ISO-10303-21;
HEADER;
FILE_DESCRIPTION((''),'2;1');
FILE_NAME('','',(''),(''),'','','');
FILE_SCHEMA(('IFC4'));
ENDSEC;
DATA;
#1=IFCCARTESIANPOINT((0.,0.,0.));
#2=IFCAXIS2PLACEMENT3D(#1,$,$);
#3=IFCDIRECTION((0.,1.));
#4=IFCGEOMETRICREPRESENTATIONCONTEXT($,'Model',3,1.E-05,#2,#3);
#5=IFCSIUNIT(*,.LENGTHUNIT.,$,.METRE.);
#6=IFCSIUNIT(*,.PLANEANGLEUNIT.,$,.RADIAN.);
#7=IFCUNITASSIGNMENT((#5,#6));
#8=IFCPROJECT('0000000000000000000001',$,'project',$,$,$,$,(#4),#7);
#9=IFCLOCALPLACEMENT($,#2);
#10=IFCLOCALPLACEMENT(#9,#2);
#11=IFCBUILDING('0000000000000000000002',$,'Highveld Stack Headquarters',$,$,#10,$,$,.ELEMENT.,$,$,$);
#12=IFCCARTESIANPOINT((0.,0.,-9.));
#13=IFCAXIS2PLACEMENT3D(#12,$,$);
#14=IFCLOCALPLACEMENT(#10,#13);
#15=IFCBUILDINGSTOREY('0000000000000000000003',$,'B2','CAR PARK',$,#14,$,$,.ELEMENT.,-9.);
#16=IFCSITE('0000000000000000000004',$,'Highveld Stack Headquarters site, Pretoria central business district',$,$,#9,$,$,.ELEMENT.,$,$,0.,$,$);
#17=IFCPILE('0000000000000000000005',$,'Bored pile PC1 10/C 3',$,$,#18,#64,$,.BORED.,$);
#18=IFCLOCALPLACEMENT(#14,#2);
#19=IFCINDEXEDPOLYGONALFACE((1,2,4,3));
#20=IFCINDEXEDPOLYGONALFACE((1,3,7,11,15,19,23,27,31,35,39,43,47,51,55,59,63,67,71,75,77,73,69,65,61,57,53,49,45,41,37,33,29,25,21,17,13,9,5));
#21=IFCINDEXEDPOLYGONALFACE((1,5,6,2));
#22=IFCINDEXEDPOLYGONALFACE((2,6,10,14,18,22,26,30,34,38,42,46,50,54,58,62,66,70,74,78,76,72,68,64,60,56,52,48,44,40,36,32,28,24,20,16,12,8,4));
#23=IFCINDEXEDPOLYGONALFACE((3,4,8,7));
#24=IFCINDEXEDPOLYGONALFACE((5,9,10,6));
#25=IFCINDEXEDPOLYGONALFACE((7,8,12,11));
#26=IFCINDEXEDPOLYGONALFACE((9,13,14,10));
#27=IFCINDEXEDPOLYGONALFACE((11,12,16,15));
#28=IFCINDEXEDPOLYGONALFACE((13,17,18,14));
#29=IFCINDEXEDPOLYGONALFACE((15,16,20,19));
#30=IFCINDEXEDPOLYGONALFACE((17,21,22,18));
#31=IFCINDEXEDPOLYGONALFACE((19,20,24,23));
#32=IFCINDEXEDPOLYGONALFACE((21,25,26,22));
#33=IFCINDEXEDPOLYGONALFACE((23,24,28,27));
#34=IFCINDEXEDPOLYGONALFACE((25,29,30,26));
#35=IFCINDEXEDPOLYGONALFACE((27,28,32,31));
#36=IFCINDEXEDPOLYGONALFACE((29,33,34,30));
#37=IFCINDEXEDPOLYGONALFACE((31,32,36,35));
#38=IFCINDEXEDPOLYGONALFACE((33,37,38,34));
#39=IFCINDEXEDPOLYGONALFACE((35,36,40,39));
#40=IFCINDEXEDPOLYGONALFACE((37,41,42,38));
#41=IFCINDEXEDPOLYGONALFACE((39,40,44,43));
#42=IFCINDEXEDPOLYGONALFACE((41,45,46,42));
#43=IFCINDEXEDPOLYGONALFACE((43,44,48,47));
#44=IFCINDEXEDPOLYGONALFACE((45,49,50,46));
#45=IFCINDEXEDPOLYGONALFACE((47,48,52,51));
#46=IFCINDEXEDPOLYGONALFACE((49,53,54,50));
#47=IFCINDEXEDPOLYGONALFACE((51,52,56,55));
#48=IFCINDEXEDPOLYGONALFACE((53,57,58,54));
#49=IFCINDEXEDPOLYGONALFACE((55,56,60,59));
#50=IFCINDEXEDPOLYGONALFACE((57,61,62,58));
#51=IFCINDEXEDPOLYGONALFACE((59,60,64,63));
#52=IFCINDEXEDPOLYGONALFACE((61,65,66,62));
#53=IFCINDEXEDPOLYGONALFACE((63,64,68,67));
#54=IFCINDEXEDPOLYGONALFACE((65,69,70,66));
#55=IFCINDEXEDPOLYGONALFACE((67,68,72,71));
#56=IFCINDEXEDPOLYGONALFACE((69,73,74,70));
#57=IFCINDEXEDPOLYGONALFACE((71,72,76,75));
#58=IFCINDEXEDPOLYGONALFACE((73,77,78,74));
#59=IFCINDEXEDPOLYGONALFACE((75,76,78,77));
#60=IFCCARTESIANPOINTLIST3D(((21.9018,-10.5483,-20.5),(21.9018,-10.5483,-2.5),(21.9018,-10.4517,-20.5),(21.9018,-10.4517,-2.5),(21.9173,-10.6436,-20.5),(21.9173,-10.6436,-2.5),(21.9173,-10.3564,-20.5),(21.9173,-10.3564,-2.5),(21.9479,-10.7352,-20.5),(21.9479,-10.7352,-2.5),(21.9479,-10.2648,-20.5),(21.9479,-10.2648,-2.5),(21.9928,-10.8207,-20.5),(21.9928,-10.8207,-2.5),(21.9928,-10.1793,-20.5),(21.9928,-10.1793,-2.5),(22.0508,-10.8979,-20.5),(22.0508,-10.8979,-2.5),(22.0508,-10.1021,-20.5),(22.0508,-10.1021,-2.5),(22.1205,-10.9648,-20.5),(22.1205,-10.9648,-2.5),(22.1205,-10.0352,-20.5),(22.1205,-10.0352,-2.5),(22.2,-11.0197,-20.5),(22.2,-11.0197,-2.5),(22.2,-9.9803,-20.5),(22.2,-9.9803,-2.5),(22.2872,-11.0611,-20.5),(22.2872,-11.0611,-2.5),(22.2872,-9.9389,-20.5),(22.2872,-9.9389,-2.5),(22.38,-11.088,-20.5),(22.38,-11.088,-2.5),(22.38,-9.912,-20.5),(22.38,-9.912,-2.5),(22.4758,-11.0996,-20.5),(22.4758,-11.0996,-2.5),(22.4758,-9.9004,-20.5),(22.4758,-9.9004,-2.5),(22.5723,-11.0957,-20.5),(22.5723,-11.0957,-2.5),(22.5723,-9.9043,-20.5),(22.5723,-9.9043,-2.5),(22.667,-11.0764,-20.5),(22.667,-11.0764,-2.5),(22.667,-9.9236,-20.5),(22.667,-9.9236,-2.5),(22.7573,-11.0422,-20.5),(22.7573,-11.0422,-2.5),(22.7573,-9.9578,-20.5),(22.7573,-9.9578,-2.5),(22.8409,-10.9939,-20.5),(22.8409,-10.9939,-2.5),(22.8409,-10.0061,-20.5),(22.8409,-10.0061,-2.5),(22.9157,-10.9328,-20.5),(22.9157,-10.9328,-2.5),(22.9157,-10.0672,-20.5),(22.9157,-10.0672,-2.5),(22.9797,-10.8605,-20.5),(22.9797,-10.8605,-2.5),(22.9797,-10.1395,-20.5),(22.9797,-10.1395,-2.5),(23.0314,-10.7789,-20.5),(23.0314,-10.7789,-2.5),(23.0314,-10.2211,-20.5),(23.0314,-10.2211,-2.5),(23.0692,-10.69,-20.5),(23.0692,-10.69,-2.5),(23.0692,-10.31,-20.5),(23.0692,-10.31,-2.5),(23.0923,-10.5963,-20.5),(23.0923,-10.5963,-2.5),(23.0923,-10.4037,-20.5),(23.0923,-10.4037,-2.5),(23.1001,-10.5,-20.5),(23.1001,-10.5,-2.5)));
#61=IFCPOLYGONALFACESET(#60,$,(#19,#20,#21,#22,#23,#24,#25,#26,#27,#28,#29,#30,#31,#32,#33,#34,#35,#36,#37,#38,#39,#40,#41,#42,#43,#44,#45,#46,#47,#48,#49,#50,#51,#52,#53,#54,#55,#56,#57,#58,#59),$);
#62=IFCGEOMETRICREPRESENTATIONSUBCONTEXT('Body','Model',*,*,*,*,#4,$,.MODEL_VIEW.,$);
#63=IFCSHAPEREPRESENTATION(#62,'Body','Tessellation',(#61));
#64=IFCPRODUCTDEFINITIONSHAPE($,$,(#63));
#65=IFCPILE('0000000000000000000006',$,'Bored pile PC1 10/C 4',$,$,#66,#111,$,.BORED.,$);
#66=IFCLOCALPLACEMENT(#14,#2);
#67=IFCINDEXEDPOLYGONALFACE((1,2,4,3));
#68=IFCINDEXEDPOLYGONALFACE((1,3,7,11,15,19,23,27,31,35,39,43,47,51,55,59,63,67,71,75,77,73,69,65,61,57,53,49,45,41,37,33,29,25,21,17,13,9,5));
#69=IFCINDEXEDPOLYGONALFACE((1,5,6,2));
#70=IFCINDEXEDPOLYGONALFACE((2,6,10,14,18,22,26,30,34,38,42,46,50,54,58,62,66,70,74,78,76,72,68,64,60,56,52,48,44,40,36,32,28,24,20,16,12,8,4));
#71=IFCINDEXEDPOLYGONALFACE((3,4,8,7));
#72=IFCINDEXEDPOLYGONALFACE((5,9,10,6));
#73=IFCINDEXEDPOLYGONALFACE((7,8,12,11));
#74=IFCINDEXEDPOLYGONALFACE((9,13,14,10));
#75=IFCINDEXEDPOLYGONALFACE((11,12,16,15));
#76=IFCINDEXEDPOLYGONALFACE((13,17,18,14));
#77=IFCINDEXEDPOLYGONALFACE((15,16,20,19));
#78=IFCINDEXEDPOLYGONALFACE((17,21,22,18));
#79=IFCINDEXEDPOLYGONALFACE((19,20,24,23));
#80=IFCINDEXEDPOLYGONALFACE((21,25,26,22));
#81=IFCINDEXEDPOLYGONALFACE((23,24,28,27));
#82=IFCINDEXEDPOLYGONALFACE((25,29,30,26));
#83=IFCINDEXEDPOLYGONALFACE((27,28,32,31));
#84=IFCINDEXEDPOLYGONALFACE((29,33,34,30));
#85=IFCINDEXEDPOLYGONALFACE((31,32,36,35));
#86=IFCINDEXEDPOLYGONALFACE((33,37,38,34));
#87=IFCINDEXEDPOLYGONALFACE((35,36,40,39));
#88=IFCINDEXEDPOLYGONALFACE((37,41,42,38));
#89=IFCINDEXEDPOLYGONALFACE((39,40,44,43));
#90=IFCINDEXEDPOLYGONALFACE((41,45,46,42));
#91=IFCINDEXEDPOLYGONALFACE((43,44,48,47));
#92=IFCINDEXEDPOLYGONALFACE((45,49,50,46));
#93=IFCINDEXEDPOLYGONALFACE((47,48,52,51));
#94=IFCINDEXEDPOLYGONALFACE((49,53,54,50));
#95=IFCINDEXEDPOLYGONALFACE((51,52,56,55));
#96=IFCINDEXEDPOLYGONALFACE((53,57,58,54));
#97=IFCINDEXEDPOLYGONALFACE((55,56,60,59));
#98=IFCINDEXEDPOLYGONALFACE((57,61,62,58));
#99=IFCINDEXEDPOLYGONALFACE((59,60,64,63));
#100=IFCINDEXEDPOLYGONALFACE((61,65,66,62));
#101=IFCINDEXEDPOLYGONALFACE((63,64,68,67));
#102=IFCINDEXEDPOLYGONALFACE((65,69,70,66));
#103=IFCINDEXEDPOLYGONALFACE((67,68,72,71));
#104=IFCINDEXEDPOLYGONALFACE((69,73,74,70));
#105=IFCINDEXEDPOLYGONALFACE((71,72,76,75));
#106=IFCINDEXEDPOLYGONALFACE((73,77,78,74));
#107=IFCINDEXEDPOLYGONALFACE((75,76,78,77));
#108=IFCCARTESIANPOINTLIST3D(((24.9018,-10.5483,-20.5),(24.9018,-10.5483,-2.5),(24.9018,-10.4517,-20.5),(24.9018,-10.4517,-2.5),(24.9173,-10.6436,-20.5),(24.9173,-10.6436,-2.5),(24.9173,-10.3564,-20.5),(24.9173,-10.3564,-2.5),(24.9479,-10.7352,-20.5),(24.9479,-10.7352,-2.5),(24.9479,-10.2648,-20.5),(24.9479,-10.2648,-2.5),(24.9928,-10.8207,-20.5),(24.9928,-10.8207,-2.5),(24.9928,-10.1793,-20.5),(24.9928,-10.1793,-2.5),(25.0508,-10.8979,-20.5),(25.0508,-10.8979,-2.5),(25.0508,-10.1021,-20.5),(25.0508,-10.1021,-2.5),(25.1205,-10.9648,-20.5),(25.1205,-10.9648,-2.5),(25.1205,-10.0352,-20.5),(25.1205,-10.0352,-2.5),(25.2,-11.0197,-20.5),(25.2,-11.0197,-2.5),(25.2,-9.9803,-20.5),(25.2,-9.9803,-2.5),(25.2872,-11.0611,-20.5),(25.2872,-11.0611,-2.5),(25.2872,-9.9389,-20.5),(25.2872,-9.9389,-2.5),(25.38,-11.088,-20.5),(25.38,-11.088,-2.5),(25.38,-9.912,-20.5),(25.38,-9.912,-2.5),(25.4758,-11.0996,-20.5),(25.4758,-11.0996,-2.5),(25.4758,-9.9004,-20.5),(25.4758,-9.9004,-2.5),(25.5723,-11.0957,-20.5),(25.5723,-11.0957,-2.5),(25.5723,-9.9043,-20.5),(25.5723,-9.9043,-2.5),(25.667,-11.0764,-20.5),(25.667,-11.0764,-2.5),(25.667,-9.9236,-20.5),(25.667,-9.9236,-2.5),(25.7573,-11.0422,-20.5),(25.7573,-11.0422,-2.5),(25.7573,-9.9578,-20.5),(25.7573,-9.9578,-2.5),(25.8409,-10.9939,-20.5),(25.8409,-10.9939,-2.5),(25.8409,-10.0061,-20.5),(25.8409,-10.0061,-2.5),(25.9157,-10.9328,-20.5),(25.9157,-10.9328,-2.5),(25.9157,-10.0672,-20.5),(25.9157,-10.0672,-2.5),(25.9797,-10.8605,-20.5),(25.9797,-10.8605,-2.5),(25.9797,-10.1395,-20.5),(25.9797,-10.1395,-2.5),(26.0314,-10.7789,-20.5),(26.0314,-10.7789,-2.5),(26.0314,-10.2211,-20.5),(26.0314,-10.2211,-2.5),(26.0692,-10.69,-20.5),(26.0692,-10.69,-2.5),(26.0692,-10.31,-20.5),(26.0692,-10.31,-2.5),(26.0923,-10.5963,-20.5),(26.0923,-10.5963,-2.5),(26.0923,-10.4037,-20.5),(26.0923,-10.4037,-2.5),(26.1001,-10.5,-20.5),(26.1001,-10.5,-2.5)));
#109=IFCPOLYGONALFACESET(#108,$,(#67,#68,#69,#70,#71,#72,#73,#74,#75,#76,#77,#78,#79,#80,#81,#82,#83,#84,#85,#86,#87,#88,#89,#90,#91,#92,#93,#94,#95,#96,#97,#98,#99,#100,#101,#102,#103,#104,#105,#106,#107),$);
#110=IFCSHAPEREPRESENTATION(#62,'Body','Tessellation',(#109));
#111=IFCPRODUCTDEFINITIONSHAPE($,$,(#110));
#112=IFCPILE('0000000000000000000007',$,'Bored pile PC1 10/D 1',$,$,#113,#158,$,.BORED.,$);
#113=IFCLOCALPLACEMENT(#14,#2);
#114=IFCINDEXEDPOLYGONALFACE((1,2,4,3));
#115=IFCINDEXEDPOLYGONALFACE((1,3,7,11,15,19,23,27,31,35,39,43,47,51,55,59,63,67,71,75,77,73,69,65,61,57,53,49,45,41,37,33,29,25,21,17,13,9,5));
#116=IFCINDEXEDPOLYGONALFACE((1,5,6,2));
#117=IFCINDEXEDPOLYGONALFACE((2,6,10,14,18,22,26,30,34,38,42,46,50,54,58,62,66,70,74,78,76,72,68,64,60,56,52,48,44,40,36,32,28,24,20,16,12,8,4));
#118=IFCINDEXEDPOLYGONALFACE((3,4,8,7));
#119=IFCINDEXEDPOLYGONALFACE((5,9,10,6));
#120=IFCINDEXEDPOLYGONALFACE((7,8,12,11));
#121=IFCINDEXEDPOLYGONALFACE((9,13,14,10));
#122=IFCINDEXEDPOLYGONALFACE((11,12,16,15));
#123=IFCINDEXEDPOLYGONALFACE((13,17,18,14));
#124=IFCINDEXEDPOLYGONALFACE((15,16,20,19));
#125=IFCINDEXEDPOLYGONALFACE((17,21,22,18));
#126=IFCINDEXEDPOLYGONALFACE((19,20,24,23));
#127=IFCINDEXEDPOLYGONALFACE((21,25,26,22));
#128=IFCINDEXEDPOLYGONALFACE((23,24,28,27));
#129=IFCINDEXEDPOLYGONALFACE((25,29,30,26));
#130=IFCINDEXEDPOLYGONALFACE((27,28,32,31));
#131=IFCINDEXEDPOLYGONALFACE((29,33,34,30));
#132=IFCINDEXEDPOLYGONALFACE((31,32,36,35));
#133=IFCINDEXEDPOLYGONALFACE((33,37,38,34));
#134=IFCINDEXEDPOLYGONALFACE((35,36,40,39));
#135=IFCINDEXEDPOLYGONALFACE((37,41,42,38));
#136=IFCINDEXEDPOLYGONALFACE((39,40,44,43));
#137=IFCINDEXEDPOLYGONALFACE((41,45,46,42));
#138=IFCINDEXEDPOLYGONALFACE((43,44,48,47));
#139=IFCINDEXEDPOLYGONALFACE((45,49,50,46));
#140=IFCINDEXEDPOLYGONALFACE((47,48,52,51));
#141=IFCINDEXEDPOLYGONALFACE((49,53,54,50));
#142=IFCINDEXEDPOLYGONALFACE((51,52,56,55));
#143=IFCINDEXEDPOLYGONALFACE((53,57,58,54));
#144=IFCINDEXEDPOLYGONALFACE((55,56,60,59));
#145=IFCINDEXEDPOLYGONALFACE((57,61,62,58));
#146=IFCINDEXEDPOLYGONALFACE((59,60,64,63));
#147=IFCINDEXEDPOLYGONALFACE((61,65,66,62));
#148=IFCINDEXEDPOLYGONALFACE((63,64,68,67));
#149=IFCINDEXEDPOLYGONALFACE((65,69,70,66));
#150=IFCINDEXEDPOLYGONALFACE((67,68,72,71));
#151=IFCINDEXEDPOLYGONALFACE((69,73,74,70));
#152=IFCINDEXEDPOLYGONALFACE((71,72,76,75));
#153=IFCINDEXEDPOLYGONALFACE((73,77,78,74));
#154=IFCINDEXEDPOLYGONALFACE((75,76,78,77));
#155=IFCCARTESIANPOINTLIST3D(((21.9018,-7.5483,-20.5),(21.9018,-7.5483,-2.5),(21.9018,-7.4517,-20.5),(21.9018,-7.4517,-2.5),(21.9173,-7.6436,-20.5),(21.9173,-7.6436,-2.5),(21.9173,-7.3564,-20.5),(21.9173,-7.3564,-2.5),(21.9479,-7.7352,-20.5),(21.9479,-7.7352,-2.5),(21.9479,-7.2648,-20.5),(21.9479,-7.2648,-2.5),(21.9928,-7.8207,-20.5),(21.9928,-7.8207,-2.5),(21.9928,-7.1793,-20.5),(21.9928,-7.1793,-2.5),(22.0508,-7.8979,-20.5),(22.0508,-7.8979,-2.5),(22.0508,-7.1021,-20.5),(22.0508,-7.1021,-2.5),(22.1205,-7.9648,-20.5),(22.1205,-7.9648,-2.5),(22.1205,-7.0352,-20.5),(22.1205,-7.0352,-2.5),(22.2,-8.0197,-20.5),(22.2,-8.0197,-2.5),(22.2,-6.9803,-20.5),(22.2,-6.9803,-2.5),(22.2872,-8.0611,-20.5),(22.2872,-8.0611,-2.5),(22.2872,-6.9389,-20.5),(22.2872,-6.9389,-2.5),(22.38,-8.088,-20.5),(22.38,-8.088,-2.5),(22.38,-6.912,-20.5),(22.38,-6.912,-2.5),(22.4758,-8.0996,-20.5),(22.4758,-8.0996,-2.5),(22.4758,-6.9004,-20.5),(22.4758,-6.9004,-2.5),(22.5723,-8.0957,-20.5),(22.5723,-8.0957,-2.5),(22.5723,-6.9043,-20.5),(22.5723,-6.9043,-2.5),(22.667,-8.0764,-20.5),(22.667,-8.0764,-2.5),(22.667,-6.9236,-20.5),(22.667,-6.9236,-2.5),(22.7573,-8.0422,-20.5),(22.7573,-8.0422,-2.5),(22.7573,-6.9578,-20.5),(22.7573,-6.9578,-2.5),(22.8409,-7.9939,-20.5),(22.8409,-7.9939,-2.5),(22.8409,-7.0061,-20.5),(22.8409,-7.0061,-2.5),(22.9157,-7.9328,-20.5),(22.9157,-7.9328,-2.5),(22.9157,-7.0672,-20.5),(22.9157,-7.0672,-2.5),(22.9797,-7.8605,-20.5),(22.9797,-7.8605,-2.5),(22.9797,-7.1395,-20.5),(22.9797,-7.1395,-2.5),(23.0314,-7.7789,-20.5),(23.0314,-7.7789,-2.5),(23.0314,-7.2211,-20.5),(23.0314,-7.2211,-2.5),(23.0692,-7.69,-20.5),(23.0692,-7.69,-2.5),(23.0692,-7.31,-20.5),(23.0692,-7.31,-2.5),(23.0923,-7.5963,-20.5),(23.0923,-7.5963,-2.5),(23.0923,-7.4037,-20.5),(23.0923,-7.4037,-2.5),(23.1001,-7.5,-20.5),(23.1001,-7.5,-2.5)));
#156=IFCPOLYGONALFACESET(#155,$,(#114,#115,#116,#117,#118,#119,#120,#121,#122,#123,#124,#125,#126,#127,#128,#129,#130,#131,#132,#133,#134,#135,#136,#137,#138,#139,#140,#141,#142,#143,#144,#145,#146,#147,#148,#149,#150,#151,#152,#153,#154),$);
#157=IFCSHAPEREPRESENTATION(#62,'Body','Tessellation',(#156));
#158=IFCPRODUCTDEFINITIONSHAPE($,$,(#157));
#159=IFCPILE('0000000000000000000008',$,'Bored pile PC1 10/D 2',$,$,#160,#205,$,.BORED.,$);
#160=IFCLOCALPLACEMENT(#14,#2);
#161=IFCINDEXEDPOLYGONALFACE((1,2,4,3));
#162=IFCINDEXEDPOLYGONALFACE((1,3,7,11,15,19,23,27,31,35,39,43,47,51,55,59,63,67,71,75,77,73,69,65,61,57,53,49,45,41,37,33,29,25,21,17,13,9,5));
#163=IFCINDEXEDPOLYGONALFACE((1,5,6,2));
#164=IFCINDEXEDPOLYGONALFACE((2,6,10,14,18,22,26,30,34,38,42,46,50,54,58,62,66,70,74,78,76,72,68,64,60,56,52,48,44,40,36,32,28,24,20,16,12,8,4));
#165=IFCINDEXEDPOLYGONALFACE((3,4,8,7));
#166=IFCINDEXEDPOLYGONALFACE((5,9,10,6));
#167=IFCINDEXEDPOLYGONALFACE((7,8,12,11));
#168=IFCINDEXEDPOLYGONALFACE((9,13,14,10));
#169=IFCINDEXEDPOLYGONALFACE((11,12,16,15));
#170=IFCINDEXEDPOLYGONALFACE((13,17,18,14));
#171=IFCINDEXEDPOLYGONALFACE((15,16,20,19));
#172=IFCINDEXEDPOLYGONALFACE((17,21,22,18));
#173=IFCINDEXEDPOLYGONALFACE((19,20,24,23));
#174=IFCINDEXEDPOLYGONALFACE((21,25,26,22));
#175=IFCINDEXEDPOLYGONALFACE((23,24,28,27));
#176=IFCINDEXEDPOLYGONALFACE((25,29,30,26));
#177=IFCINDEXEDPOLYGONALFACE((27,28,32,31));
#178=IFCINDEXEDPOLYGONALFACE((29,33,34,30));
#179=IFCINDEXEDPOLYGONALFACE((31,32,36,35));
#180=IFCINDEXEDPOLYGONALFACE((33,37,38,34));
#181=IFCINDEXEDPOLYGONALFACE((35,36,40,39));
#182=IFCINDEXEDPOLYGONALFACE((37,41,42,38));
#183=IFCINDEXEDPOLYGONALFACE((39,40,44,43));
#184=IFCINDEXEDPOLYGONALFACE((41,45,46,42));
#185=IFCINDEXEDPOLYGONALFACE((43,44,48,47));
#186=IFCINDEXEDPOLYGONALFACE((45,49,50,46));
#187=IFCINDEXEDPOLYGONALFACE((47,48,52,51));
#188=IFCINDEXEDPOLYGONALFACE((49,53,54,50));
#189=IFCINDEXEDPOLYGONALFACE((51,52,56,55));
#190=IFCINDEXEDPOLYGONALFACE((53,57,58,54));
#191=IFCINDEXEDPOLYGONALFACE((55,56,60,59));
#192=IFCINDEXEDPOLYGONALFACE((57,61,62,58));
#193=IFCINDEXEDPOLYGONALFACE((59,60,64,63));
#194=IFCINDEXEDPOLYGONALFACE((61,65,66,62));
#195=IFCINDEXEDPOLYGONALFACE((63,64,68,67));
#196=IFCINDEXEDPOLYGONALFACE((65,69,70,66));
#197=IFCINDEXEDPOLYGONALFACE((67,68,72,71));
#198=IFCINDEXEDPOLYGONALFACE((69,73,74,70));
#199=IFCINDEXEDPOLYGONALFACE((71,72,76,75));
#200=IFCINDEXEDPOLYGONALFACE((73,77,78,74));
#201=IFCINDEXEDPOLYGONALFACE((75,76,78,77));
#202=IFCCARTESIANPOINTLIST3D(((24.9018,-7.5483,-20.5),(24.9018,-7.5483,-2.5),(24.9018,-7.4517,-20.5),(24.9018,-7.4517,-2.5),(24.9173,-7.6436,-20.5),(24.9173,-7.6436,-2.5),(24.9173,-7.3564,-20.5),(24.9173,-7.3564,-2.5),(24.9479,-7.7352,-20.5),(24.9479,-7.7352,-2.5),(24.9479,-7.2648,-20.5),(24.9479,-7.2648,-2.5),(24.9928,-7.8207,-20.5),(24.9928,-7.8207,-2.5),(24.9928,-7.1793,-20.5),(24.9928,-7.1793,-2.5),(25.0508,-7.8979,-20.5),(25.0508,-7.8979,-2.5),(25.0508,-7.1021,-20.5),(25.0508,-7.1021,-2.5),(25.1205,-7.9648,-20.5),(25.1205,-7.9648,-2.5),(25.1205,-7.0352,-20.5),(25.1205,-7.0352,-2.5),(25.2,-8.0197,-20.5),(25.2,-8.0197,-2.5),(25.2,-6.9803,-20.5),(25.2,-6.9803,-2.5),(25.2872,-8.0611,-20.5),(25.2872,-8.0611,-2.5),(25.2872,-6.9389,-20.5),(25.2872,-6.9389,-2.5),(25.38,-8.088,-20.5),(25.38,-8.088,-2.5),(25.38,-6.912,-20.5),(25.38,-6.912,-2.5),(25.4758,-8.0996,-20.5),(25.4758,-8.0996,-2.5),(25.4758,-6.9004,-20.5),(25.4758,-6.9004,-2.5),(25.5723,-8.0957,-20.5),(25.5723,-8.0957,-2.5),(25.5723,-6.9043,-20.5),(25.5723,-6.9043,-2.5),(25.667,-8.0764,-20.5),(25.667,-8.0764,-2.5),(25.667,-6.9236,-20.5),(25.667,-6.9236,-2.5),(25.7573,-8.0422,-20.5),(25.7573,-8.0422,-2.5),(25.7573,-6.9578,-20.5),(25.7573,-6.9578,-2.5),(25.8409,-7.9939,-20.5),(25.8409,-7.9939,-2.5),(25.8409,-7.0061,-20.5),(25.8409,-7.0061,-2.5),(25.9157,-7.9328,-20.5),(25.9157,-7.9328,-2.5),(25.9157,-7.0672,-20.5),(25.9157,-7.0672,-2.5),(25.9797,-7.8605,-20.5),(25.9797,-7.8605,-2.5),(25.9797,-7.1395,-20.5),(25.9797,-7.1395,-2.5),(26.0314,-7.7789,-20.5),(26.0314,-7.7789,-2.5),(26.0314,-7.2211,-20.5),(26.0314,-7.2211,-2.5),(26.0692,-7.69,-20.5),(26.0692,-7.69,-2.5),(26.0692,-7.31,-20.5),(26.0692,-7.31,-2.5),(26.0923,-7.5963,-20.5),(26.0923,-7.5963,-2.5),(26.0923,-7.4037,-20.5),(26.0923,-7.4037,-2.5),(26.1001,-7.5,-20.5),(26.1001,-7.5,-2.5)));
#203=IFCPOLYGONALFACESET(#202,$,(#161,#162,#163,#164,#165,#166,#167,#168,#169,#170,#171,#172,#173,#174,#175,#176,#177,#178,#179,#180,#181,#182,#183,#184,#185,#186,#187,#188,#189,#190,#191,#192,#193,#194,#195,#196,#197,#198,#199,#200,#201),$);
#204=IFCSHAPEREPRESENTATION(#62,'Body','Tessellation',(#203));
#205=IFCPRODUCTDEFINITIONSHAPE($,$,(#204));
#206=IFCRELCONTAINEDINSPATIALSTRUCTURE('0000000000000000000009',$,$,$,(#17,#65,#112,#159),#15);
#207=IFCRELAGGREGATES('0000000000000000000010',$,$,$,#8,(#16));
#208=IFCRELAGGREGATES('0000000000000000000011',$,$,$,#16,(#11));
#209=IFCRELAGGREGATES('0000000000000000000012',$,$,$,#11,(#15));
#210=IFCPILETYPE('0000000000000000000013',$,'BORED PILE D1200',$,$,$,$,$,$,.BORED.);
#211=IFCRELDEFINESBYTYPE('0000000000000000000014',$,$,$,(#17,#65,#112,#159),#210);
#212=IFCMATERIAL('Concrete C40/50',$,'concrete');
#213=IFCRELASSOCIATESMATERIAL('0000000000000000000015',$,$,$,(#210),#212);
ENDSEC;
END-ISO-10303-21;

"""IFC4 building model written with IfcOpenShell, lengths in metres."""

from ifc_helpers import new_model, si_unit, direction, frame, origin, origin_2d, place, context, subcontext, project, spatial, circle, extrude, material, type_object, element, save


model = new_model("IFC4")

# Units and contexts
model_context = context("Model", 3, precision=1e-05, world=origin(), true_north=direction((0.0, 1.0)))
body_context = subcontext(model_context, "Body", "Model", "MODEL_VIEW")
ifc_project = project(units=[si_unit("LENGTHUNIT", "METRE"), si_unit("PLANEANGLEUNIT", "RADIAN")], contexts=[model_context])

# Site, building, storey
site_placement = place(None, origin())
site = spatial("IfcSite", under=ifc_project, at=site_placement, Name="Highveld Stack Headquarters site, Pretoria central business district", CompositionType="ELEMENT", RefElevation=0.0)
building_placement = place(site_placement, origin())
building = spatial("IfcBuilding", under=site, at=building_placement, Name="Highveld Stack Headquarters", CompositionType="ELEMENT")
storey_placement = place(building_placement, frame((0.0, 0.0, -9.0)))
storey = spatial("IfcBuildingStorey", under=building, at=storey_placement, Name="B2", Description="CAR PARK", CompositionType="ELEMENT", Elevation=-9.0)

# Piles
ifc_material_1 = material(Name="Concrete C40/50", Category="concrete")
pile_type_1 = type_object("IfcPileType", Name="BORED PILE D1200", PredefinedType="BORED", material=ifc_material_1)
for number, where, z_axis, x_axis, name in (
    (1, (22.5, -10.5, -2.5), (0.0, 0.0, -1.0), (1.0, 0.0, 0.0), "Bored pile PC1 10/C 3"),
    (2, (25.5, -10.5, -2.5), (0.0, 0.0, -1.0), (1.0, 0.0, 0.0), "Bored pile PC1 10/C 4"),
    (3, (22.5, -7.5, -2.5), (0.0, 0.0, -1.0), (1.0, 0.0, 0.0), "Bored pile PC1 10/D 1"),
    (4, (25.5, -7.5, -2.5), (0.0, 0.0, -1.0), (1.0, 0.0, 0.0), "Bored pile PC1 10/D 2"),
):
    element("IfcPile", number, at=place(storey_placement, frame(where, z_axis=z_axis, x_axis=x_axis)), inside=storey, type_object=pile_type_1, Name=name, PredefinedType="BORED", context=body_context, shape_type="SweptSolid", body=[
        extrude(circle(Radius=0.6001, at=origin_2d()), origin(), (0.0, 0.0, 1.0), 18.0),
    ])

save(model, "model.ifc")
